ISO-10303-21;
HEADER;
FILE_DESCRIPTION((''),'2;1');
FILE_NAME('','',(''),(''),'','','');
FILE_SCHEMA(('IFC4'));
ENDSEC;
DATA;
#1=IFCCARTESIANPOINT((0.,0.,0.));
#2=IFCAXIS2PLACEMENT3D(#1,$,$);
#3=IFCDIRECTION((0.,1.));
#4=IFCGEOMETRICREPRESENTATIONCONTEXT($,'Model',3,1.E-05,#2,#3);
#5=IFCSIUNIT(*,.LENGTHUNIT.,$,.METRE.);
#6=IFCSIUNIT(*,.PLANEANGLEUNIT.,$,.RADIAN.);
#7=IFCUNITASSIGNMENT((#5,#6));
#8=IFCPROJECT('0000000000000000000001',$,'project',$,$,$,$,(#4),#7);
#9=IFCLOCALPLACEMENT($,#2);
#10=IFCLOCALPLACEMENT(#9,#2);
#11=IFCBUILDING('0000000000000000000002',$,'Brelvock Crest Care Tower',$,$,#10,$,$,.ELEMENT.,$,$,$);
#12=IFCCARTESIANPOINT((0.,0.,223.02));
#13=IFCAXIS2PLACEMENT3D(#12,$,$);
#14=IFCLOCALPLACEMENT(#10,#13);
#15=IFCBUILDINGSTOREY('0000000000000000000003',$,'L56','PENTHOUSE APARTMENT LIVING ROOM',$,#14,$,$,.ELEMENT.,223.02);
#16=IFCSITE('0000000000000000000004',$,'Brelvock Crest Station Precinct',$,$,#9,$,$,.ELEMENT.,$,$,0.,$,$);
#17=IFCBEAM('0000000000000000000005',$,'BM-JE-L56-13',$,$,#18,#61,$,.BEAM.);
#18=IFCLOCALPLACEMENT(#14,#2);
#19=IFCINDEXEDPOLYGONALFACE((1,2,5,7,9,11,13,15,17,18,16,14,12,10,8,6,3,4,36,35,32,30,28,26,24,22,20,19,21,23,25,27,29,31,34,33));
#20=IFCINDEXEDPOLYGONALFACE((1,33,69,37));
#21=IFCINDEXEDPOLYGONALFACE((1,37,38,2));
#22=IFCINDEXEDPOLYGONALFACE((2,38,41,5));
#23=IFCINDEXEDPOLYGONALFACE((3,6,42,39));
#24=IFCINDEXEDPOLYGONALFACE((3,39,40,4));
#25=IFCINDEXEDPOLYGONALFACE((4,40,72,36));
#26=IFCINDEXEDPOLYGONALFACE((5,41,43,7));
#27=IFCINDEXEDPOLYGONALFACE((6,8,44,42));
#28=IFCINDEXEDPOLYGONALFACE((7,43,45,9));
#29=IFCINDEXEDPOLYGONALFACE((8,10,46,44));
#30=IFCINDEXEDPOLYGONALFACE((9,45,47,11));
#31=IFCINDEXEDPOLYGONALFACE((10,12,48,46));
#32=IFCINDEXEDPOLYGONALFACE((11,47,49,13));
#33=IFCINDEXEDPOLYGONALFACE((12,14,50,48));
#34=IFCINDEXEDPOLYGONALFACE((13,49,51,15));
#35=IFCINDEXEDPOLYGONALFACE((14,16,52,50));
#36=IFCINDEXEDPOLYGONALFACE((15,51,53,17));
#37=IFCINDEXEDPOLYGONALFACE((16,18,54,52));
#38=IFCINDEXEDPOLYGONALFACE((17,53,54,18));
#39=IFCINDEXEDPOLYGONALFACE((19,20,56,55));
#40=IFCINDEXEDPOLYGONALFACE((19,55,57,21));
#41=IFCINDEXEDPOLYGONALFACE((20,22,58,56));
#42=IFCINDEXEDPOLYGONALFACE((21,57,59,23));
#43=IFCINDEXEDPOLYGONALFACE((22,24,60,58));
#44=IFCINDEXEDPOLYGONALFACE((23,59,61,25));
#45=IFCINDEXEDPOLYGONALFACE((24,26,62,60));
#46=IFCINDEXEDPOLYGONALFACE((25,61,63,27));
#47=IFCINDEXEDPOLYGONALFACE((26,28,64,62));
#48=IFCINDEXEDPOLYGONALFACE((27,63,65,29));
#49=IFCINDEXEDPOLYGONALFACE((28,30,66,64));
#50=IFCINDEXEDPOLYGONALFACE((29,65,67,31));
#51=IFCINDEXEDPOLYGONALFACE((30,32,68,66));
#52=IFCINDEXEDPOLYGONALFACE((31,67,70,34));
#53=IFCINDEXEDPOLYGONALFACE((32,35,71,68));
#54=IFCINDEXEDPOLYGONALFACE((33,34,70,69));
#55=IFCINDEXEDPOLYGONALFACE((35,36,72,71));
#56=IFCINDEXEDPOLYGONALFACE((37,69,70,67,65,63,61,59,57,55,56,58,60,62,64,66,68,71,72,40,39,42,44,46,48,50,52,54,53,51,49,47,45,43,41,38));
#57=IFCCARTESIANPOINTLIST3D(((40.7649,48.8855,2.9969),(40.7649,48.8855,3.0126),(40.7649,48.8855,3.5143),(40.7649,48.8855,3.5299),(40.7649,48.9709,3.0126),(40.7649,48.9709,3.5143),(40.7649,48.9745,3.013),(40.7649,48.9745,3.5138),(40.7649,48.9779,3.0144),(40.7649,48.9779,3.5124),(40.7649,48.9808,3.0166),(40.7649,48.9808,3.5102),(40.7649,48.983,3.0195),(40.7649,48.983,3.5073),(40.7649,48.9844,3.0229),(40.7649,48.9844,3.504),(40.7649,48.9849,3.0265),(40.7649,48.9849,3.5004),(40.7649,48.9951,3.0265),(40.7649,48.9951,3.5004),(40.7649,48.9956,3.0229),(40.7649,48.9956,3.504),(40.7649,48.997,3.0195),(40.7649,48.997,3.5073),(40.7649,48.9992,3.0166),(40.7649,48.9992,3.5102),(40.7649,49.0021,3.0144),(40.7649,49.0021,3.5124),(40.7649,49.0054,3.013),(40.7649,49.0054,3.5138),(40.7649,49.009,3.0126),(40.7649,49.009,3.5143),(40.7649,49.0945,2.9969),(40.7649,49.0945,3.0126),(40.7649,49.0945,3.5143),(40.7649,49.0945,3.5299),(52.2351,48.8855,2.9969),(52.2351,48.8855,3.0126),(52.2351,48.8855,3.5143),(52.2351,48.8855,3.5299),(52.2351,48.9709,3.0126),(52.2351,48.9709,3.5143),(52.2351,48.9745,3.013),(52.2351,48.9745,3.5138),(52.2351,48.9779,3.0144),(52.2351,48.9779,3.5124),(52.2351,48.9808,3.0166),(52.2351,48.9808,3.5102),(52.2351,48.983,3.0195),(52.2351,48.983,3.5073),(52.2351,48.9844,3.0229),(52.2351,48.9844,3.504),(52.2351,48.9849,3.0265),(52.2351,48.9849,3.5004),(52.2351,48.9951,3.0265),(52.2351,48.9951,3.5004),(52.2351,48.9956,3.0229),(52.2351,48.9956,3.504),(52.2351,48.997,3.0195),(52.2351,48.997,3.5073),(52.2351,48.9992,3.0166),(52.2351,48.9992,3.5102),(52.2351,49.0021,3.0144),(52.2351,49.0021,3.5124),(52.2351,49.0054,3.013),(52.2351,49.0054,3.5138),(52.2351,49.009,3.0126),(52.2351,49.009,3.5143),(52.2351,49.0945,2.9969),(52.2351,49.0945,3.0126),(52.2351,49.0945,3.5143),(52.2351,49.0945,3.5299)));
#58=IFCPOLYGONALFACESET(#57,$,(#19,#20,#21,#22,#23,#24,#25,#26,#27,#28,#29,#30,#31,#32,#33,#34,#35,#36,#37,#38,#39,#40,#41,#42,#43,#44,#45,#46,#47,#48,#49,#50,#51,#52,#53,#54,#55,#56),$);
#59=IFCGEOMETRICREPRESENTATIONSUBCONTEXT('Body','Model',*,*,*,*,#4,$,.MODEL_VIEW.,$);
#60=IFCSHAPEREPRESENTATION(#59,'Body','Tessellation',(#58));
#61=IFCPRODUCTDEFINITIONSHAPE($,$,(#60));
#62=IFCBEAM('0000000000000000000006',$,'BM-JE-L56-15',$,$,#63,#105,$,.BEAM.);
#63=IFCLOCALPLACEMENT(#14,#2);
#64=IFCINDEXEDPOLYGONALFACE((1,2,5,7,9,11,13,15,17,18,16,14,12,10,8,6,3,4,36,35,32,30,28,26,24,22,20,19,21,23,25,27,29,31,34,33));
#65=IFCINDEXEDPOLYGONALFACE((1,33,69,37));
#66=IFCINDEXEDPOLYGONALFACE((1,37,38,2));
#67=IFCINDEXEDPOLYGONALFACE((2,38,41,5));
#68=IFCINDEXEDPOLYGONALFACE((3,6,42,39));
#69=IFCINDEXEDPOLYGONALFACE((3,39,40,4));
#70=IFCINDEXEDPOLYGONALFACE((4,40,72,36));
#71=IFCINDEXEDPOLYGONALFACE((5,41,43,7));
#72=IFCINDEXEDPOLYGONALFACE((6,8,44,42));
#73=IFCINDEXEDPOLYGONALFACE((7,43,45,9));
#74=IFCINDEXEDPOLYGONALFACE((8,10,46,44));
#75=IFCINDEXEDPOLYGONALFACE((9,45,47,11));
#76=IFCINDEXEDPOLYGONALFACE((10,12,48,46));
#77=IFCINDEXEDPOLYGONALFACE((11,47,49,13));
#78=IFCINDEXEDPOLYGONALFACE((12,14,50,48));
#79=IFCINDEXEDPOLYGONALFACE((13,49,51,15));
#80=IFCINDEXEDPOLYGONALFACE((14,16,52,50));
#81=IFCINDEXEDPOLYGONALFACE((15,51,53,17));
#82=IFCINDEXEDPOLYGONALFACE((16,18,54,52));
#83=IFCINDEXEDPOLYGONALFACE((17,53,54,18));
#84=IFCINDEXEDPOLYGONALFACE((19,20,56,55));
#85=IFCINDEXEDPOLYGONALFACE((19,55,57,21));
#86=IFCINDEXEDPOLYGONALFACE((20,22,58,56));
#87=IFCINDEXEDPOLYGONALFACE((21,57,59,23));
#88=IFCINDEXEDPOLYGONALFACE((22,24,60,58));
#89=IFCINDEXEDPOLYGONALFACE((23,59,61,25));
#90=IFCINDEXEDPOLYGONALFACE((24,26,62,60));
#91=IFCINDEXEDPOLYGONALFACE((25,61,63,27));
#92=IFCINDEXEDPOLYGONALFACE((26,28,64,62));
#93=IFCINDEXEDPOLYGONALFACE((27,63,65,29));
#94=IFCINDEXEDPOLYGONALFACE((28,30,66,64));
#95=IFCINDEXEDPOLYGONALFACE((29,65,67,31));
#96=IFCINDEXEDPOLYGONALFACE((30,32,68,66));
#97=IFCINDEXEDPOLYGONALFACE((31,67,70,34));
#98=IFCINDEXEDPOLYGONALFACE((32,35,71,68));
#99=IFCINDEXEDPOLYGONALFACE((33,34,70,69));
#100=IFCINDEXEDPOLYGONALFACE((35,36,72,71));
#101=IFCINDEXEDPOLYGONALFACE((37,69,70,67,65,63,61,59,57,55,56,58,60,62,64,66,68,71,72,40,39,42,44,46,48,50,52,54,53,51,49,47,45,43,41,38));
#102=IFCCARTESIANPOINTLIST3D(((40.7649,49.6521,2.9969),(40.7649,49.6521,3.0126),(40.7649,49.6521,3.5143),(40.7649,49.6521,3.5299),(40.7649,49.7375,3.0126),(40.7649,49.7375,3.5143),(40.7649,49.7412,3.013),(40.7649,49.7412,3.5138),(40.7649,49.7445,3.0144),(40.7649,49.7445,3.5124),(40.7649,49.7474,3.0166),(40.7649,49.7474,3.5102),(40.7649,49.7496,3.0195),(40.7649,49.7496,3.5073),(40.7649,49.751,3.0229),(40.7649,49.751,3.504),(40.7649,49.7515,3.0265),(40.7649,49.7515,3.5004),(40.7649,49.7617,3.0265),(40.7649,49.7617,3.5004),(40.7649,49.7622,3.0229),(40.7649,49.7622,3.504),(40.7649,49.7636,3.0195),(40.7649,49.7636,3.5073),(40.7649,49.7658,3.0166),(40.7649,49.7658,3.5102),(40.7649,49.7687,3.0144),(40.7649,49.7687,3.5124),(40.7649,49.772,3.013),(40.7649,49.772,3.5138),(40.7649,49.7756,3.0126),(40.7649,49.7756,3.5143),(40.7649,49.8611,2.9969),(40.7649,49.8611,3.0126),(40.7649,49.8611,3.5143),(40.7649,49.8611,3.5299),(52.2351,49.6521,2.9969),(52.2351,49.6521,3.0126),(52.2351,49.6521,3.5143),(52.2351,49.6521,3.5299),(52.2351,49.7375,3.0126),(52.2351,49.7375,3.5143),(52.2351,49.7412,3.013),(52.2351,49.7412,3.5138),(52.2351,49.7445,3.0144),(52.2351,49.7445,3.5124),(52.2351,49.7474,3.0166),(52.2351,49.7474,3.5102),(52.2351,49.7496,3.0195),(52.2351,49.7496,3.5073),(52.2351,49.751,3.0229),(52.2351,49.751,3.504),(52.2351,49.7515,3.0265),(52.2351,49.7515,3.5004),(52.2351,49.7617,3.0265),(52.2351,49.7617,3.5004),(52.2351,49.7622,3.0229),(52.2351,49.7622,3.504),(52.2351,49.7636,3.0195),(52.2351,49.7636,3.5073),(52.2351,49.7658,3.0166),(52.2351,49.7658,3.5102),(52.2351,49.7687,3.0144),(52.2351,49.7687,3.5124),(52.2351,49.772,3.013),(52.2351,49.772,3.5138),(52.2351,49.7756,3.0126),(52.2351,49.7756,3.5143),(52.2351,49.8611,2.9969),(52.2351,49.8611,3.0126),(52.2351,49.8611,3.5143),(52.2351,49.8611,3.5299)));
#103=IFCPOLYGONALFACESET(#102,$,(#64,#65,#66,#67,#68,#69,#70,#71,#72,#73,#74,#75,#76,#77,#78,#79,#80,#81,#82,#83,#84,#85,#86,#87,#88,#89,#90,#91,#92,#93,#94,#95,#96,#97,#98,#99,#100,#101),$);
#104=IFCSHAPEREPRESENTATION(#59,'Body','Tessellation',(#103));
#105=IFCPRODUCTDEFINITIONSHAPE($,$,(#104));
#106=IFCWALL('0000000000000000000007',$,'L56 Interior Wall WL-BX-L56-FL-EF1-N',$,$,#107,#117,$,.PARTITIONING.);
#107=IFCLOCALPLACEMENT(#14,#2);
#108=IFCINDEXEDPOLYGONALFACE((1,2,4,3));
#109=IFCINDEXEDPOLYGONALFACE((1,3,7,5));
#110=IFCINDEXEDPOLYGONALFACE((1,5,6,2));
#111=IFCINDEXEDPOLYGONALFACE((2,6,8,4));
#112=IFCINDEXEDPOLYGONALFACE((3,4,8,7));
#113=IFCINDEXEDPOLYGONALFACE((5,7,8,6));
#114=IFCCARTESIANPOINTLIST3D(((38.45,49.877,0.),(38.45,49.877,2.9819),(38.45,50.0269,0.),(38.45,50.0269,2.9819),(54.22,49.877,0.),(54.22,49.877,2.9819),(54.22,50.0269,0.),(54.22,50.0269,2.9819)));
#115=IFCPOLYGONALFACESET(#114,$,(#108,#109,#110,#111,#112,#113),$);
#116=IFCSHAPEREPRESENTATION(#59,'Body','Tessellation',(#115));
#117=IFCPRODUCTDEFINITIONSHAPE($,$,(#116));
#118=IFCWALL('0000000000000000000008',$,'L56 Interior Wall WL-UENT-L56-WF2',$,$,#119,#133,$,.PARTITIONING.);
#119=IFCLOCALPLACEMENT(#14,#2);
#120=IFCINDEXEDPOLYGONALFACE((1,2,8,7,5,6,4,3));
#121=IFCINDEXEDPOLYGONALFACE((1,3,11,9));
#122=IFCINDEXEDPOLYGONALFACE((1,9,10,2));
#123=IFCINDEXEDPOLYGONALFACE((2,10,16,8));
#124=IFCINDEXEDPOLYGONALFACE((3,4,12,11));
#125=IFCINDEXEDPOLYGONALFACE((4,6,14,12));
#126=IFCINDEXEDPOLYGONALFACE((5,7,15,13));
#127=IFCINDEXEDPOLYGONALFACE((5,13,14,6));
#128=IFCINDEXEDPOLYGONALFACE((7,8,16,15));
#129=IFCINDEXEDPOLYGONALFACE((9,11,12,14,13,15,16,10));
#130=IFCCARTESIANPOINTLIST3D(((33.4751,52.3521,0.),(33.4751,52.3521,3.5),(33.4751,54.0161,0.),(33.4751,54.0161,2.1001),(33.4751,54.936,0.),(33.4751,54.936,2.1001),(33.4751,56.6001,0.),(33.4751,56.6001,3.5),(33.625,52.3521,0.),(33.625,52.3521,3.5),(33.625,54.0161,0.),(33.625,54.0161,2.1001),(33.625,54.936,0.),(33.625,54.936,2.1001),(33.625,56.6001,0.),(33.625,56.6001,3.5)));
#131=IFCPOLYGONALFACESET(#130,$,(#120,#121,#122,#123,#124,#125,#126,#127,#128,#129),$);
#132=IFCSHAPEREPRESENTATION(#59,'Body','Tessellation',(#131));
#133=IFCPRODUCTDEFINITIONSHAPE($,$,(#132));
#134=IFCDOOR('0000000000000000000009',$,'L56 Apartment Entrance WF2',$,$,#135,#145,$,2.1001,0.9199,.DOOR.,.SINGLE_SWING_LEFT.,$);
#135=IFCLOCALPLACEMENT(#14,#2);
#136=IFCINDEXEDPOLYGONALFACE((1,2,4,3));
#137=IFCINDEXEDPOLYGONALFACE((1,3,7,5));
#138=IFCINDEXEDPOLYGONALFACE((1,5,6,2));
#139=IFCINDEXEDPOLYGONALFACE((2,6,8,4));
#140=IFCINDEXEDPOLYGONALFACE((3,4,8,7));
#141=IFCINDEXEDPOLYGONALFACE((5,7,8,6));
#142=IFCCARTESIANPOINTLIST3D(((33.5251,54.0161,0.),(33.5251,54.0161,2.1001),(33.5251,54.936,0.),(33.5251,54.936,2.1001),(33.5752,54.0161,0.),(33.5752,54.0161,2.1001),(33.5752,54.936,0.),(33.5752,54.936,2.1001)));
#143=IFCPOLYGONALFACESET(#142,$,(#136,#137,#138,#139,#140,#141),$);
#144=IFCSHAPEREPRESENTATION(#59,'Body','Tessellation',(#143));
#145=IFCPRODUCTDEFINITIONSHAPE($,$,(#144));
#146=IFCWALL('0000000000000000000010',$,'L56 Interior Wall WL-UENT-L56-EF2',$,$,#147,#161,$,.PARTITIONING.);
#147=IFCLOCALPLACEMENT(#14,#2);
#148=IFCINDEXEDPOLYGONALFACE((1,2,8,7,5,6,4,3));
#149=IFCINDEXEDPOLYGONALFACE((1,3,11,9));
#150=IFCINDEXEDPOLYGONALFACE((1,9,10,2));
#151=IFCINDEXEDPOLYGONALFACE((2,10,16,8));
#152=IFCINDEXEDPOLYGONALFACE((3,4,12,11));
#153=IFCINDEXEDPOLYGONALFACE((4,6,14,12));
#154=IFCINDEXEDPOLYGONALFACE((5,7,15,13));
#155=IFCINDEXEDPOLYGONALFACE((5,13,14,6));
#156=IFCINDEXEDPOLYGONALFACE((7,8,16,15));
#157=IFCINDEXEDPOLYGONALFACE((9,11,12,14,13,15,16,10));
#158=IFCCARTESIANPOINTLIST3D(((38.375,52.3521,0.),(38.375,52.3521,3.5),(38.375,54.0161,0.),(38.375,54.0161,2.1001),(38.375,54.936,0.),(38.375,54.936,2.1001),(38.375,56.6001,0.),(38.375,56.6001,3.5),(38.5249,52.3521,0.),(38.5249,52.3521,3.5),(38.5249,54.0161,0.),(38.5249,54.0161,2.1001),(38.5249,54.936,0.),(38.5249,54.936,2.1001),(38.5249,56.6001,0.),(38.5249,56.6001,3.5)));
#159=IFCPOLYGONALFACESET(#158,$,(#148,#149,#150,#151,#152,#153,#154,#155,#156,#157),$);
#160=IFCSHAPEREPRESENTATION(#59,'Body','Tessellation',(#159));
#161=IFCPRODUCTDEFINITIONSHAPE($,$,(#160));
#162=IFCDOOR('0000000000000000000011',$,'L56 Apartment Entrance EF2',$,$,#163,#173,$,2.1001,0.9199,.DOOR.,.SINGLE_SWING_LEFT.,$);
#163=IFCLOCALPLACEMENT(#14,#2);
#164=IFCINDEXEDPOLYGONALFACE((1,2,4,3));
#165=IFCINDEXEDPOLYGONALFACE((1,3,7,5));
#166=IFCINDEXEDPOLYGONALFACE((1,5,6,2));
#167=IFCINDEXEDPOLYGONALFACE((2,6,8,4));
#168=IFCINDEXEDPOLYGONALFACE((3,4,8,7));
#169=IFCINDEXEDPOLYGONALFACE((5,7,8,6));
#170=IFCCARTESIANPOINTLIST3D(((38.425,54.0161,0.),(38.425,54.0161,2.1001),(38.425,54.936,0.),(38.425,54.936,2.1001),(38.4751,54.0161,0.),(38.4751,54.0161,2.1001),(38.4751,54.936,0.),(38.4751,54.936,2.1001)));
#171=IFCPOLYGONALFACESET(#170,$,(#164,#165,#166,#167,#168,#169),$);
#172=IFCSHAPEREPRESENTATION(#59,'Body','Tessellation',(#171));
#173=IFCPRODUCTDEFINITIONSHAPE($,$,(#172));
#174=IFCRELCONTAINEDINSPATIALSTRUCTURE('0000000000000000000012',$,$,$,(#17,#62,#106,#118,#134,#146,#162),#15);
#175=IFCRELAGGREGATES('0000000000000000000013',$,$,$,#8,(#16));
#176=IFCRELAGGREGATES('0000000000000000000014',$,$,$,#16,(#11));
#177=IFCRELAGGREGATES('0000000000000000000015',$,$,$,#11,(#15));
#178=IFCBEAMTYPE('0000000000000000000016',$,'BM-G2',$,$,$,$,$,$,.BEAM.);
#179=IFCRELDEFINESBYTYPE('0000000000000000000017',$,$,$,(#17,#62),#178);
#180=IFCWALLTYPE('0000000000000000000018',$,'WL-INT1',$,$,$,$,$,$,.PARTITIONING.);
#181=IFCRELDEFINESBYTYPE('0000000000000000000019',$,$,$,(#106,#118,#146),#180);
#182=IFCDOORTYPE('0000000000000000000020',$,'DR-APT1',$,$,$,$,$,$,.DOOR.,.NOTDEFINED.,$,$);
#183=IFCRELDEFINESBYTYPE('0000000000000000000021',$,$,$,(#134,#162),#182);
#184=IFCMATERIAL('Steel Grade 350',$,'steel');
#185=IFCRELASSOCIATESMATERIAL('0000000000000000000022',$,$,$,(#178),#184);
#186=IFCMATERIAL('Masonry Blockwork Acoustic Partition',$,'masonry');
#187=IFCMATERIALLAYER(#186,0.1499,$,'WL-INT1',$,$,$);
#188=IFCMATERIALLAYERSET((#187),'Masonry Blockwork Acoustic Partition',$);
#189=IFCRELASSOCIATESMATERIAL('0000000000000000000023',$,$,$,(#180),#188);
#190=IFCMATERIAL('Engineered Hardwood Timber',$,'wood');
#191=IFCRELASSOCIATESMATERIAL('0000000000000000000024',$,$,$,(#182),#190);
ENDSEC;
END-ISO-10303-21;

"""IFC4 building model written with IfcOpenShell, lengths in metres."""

from ifc_helpers import new_model, si_unit, direction, frame, frame_2d, origin, origin_2d, place, context, subcontext, project, spatial, rectangle, i_section, extrude, source, transform, mapped, material, layer, layer_set, material_profile, profile_set, type_object, element, fill, save


model = new_model("IFC4")

# Units and contexts
model_context = context("Model", 3, precision=1e-05, world=origin(), true_north=direction((0.0, 1.0)))
body_context = subcontext(model_context, "Body", "Model", "MODEL_VIEW")
ifc_project = project(units=[si_unit("LENGTHUNIT", "METRE"), si_unit("PLANEANGLEUNIT", "RADIAN")], contexts=[model_context])

# Site, building, storey
site_placement = place(None, origin())
site = spatial("IfcSite", under=ifc_project, at=site_placement, Name="Brelvock Crest Station Precinct", CompositionType="ELEMENT", RefElevation=0.0)
building_placement = place(site_placement, origin())
building = spatial("IfcBuilding", under=site, at=building_placement, Name="Brelvock Crest Care Tower", CompositionType="ELEMENT")
storey_placement = place(building_placement, frame((0.0, 0.0, 223.02)))
storey = spatial("IfcBuildingStorey", under=building, at=storey_placement, Name="L56", Description="PENTHOUSE APARTMENT LIVING ROOM", CompositionType="ELEMENT", Elevation=223.02)

# Beams
ifc_material_1 = material(Name="Steel Grade 350", Category="steel")
ifc_material_profile_1 = material_profile(ifc_material_1, i_section(OverallWidth=0.209, OverallDepth=0.533, WebThickness=0.0103, FlangeThickness=0.0156, FilletRadius=0.0139, at=origin_2d()), Name="530UB92.4")
ifc_profile_set_1 = profile_set([ifc_material_profile_1], Name="Steel Grade 350")
beam_type_1 = type_object("IfcBeamType", Name="BM-G2", PredefinedType="BEAM", material=ifc_profile_set_1)
shared_shape_1 = source(origin(), body_context, "Body", "SweptSolid", [
    extrude(i_section(OverallWidth=0.209, OverallDepth=0.533, WebThickness=0.0103, FlangeThickness=0.0156, FilletRadius=0.0139, at=origin_2d()), origin(), (0.0, 0.0, 1.0), 11.4702),
])
for number, where, z_axis, x_axis, name in (
    (1, (40.7649, 48.99, 3.2634), (1.0, 0.0, 0.0), (0.0, 1.0, 0.0), "BM-JE-L56-13"),
    (2, (40.7649, 49.7566, 3.2634), (1.0, 0.0, 0.0), (0.0, 1.0, 0.0), "BM-JE-L56-15"),
):
    element("IfcBeam", number, at=place(storey_placement, frame(where, z_axis=z_axis, x_axis=x_axis)), inside=storey, type_object=beam_type_1, Name=name, PredefinedType="BEAM", context=body_context, shape_type="MappedRepresentation", body=[
        mapped(shared_shape_1, transform((0.0, 0.0, 0.0), x_axis=(1.0, 0.0, 0.0), y_axis=(0.0, 1.0, 0.0), z_axis=(0.0, 0.0, 1.0), scale=1.0)),
    ])

# Wall
ifc_material_2 = material(Name="Masonry Blockwork Acoustic Partition", Category="masonry")
ifc_layer_1 = layer(ifc_material_2, 0.1499, Name="WL-INT1")
ifc_layer_set_1 = layer_set([ifc_layer_1], Name="Masonry Blockwork Acoustic Partition")
wall_type_1 = type_object("IfcWallType", Name="WL-INT1", PredefinedType="PARTITIONING", material=ifc_layer_set_1)
wall_1_placement = place(storey_placement, frame((38.45, 49.9519, 0.0), z_axis=(0.0, 0.0, 1.0), x_axis=(1.0, 0.0, 0.0)))
element("IfcWall", 3, at=wall_1_placement, inside=storey, type_object=wall_type_1, Name="L56 Interior Wall WL-BX-L56-FL-EF1-N", PredefinedType="PARTITIONING", context=body_context, shape_type="SweptSolid", body=[
    extrude(rectangle(XDim=15.77, YDim=0.1499, at=frame_2d((7.885, 0.0))), origin(), (0.0, 0.0, 1.0), 2.9819),
])

# Walls, openings, doors
wall_2_placement = place(storey_placement, frame((33.55, 52.3521, 0.0), z_axis=(0.0, 0.0, 1.0), x_axis=(0.0, 1.0, 0.0)))
wall_2 = element("IfcWall", 4, at=wall_2_placement, inside=storey, type_object=wall_type_1, Name="L56 Interior Wall WL-UENT-L56-WF2", PredefinedType="PARTITIONING", context=body_context, shape_type="SweptSolid", body=[
    extrude(rectangle(XDim=4.248, YDim=0.1499, at=frame_2d((2.124, 0.0))), origin(), (0.0, 0.0, 1.0), 3.5),
])
opening_1_placement = place(wall_2_placement, frame((1.6641, 0.0, 0.0)))
opening_1 = element("IfcOpeningElement", 5, at=opening_1_placement, cuts=wall_2, PredefinedType="OPENING", context=body_context, shape_type="SweptSolid", body=[
    extrude(rectangle(XDim=0.9199, YDim=2.1001, at=origin_2d()), frame((0.46, 0.085, 1.05), z_axis=(0.0, -1.0, 0.0), x_axis=(1.0, 0.0, 0.0)), (0.0, 0.0, 1.0), 0.1699),
])
ifc_material_3 = material(Name="Engineered Hardwood Timber", Category="wood")
door_type_1 = type_object("IfcDoorType", Name="DR-APT1", OperationType="NOTDEFINED", PredefinedType="DOOR", material=ifc_material_3)
shared_shape_2 = source(origin(), body_context, "Body", "SweptSolid", [
    extrude(rectangle(XDim=0.9199, YDim=2.1001, at=origin_2d()), frame((0.46, 0.0249, 1.05), z_axis=(0.0, -1.0, 0.0), x_axis=(1.0, 0.0, 0.0)), (0.0, 0.0, 1.0), 0.05),
])
door_1_placement = place(opening_1_placement, origin())
door_1 = element("IfcDoor", 6, at=door_1_placement, inside=storey, type_object=door_type_1, Name="L56 Apartment Entrance WF2", OperationType="SINGLE_SWING_LEFT", OverallHeight=2.1001, OverallWidth=0.9199, PredefinedType="DOOR", context=body_context, shape_type="MappedRepresentation", body=[
    mapped(shared_shape_2, transform((0.0, 0.0, 0.0), x_axis=(1.0, 0.0, 0.0), y_axis=(0.0, 1.0, 0.0), z_axis=(0.0, 0.0, 1.0), scale=1.0)),
])
fill(opening_1, door_1)
wall_3_placement = place(storey_placement, frame((38.45, 52.3521, 0.0), z_axis=(0.0, 0.0, 1.0), x_axis=(0.0, 1.0, 0.0)))
wall_3 = element("IfcWall", 7, at=wall_3_placement, inside=storey, type_object=wall_type_1, Name="L56 Interior Wall WL-UENT-L56-EF2", PredefinedType="PARTITIONING", context=body_context, shape_type="SweptSolid", body=[
    extrude(rectangle(XDim=4.248, YDim=0.1499, at=frame_2d((2.124, 0.0))), origin(), (0.0, 0.0, 1.0), 3.5),
])
opening_2_placement = place(wall_3_placement, frame((1.6641, 0.0, 0.0)))
opening_2 = element("IfcOpeningElement", 8, at=opening_2_placement, cuts=wall_3, PredefinedType="OPENING", context=body_context, shape_type="SweptSolid", body=[
    extrude(rectangle(XDim=0.9199, YDim=2.1001, at=origin_2d()), frame((0.46, 0.085, 1.05), z_axis=(0.0, -1.0, 0.0), x_axis=(1.0, 0.0, 0.0)), (0.0, 0.0, 1.0), 0.1699),
])
door_2_placement = place(opening_2_placement, origin())
door_2 = element("IfcDoor", 9, at=door_2_placement, inside=storey, type_object=door_type_1, Name="L56 Apartment Entrance EF2", OperationType="SINGLE_SWING_LEFT", OverallHeight=2.1001, OverallWidth=0.9199, PredefinedType="DOOR", context=body_context, shape_type="MappedRepresentation", body=[
    mapped(shared_shape_2, transform((0.0, 0.0, 0.0), x_axis=(1.0, 0.0, 0.0), y_axis=(0.0, 1.0, 0.0), z_axis=(0.0, 0.0, 1.0), scale=1.0)),
])
fill(opening_2, door_2)

save(model, "model.ifc")
